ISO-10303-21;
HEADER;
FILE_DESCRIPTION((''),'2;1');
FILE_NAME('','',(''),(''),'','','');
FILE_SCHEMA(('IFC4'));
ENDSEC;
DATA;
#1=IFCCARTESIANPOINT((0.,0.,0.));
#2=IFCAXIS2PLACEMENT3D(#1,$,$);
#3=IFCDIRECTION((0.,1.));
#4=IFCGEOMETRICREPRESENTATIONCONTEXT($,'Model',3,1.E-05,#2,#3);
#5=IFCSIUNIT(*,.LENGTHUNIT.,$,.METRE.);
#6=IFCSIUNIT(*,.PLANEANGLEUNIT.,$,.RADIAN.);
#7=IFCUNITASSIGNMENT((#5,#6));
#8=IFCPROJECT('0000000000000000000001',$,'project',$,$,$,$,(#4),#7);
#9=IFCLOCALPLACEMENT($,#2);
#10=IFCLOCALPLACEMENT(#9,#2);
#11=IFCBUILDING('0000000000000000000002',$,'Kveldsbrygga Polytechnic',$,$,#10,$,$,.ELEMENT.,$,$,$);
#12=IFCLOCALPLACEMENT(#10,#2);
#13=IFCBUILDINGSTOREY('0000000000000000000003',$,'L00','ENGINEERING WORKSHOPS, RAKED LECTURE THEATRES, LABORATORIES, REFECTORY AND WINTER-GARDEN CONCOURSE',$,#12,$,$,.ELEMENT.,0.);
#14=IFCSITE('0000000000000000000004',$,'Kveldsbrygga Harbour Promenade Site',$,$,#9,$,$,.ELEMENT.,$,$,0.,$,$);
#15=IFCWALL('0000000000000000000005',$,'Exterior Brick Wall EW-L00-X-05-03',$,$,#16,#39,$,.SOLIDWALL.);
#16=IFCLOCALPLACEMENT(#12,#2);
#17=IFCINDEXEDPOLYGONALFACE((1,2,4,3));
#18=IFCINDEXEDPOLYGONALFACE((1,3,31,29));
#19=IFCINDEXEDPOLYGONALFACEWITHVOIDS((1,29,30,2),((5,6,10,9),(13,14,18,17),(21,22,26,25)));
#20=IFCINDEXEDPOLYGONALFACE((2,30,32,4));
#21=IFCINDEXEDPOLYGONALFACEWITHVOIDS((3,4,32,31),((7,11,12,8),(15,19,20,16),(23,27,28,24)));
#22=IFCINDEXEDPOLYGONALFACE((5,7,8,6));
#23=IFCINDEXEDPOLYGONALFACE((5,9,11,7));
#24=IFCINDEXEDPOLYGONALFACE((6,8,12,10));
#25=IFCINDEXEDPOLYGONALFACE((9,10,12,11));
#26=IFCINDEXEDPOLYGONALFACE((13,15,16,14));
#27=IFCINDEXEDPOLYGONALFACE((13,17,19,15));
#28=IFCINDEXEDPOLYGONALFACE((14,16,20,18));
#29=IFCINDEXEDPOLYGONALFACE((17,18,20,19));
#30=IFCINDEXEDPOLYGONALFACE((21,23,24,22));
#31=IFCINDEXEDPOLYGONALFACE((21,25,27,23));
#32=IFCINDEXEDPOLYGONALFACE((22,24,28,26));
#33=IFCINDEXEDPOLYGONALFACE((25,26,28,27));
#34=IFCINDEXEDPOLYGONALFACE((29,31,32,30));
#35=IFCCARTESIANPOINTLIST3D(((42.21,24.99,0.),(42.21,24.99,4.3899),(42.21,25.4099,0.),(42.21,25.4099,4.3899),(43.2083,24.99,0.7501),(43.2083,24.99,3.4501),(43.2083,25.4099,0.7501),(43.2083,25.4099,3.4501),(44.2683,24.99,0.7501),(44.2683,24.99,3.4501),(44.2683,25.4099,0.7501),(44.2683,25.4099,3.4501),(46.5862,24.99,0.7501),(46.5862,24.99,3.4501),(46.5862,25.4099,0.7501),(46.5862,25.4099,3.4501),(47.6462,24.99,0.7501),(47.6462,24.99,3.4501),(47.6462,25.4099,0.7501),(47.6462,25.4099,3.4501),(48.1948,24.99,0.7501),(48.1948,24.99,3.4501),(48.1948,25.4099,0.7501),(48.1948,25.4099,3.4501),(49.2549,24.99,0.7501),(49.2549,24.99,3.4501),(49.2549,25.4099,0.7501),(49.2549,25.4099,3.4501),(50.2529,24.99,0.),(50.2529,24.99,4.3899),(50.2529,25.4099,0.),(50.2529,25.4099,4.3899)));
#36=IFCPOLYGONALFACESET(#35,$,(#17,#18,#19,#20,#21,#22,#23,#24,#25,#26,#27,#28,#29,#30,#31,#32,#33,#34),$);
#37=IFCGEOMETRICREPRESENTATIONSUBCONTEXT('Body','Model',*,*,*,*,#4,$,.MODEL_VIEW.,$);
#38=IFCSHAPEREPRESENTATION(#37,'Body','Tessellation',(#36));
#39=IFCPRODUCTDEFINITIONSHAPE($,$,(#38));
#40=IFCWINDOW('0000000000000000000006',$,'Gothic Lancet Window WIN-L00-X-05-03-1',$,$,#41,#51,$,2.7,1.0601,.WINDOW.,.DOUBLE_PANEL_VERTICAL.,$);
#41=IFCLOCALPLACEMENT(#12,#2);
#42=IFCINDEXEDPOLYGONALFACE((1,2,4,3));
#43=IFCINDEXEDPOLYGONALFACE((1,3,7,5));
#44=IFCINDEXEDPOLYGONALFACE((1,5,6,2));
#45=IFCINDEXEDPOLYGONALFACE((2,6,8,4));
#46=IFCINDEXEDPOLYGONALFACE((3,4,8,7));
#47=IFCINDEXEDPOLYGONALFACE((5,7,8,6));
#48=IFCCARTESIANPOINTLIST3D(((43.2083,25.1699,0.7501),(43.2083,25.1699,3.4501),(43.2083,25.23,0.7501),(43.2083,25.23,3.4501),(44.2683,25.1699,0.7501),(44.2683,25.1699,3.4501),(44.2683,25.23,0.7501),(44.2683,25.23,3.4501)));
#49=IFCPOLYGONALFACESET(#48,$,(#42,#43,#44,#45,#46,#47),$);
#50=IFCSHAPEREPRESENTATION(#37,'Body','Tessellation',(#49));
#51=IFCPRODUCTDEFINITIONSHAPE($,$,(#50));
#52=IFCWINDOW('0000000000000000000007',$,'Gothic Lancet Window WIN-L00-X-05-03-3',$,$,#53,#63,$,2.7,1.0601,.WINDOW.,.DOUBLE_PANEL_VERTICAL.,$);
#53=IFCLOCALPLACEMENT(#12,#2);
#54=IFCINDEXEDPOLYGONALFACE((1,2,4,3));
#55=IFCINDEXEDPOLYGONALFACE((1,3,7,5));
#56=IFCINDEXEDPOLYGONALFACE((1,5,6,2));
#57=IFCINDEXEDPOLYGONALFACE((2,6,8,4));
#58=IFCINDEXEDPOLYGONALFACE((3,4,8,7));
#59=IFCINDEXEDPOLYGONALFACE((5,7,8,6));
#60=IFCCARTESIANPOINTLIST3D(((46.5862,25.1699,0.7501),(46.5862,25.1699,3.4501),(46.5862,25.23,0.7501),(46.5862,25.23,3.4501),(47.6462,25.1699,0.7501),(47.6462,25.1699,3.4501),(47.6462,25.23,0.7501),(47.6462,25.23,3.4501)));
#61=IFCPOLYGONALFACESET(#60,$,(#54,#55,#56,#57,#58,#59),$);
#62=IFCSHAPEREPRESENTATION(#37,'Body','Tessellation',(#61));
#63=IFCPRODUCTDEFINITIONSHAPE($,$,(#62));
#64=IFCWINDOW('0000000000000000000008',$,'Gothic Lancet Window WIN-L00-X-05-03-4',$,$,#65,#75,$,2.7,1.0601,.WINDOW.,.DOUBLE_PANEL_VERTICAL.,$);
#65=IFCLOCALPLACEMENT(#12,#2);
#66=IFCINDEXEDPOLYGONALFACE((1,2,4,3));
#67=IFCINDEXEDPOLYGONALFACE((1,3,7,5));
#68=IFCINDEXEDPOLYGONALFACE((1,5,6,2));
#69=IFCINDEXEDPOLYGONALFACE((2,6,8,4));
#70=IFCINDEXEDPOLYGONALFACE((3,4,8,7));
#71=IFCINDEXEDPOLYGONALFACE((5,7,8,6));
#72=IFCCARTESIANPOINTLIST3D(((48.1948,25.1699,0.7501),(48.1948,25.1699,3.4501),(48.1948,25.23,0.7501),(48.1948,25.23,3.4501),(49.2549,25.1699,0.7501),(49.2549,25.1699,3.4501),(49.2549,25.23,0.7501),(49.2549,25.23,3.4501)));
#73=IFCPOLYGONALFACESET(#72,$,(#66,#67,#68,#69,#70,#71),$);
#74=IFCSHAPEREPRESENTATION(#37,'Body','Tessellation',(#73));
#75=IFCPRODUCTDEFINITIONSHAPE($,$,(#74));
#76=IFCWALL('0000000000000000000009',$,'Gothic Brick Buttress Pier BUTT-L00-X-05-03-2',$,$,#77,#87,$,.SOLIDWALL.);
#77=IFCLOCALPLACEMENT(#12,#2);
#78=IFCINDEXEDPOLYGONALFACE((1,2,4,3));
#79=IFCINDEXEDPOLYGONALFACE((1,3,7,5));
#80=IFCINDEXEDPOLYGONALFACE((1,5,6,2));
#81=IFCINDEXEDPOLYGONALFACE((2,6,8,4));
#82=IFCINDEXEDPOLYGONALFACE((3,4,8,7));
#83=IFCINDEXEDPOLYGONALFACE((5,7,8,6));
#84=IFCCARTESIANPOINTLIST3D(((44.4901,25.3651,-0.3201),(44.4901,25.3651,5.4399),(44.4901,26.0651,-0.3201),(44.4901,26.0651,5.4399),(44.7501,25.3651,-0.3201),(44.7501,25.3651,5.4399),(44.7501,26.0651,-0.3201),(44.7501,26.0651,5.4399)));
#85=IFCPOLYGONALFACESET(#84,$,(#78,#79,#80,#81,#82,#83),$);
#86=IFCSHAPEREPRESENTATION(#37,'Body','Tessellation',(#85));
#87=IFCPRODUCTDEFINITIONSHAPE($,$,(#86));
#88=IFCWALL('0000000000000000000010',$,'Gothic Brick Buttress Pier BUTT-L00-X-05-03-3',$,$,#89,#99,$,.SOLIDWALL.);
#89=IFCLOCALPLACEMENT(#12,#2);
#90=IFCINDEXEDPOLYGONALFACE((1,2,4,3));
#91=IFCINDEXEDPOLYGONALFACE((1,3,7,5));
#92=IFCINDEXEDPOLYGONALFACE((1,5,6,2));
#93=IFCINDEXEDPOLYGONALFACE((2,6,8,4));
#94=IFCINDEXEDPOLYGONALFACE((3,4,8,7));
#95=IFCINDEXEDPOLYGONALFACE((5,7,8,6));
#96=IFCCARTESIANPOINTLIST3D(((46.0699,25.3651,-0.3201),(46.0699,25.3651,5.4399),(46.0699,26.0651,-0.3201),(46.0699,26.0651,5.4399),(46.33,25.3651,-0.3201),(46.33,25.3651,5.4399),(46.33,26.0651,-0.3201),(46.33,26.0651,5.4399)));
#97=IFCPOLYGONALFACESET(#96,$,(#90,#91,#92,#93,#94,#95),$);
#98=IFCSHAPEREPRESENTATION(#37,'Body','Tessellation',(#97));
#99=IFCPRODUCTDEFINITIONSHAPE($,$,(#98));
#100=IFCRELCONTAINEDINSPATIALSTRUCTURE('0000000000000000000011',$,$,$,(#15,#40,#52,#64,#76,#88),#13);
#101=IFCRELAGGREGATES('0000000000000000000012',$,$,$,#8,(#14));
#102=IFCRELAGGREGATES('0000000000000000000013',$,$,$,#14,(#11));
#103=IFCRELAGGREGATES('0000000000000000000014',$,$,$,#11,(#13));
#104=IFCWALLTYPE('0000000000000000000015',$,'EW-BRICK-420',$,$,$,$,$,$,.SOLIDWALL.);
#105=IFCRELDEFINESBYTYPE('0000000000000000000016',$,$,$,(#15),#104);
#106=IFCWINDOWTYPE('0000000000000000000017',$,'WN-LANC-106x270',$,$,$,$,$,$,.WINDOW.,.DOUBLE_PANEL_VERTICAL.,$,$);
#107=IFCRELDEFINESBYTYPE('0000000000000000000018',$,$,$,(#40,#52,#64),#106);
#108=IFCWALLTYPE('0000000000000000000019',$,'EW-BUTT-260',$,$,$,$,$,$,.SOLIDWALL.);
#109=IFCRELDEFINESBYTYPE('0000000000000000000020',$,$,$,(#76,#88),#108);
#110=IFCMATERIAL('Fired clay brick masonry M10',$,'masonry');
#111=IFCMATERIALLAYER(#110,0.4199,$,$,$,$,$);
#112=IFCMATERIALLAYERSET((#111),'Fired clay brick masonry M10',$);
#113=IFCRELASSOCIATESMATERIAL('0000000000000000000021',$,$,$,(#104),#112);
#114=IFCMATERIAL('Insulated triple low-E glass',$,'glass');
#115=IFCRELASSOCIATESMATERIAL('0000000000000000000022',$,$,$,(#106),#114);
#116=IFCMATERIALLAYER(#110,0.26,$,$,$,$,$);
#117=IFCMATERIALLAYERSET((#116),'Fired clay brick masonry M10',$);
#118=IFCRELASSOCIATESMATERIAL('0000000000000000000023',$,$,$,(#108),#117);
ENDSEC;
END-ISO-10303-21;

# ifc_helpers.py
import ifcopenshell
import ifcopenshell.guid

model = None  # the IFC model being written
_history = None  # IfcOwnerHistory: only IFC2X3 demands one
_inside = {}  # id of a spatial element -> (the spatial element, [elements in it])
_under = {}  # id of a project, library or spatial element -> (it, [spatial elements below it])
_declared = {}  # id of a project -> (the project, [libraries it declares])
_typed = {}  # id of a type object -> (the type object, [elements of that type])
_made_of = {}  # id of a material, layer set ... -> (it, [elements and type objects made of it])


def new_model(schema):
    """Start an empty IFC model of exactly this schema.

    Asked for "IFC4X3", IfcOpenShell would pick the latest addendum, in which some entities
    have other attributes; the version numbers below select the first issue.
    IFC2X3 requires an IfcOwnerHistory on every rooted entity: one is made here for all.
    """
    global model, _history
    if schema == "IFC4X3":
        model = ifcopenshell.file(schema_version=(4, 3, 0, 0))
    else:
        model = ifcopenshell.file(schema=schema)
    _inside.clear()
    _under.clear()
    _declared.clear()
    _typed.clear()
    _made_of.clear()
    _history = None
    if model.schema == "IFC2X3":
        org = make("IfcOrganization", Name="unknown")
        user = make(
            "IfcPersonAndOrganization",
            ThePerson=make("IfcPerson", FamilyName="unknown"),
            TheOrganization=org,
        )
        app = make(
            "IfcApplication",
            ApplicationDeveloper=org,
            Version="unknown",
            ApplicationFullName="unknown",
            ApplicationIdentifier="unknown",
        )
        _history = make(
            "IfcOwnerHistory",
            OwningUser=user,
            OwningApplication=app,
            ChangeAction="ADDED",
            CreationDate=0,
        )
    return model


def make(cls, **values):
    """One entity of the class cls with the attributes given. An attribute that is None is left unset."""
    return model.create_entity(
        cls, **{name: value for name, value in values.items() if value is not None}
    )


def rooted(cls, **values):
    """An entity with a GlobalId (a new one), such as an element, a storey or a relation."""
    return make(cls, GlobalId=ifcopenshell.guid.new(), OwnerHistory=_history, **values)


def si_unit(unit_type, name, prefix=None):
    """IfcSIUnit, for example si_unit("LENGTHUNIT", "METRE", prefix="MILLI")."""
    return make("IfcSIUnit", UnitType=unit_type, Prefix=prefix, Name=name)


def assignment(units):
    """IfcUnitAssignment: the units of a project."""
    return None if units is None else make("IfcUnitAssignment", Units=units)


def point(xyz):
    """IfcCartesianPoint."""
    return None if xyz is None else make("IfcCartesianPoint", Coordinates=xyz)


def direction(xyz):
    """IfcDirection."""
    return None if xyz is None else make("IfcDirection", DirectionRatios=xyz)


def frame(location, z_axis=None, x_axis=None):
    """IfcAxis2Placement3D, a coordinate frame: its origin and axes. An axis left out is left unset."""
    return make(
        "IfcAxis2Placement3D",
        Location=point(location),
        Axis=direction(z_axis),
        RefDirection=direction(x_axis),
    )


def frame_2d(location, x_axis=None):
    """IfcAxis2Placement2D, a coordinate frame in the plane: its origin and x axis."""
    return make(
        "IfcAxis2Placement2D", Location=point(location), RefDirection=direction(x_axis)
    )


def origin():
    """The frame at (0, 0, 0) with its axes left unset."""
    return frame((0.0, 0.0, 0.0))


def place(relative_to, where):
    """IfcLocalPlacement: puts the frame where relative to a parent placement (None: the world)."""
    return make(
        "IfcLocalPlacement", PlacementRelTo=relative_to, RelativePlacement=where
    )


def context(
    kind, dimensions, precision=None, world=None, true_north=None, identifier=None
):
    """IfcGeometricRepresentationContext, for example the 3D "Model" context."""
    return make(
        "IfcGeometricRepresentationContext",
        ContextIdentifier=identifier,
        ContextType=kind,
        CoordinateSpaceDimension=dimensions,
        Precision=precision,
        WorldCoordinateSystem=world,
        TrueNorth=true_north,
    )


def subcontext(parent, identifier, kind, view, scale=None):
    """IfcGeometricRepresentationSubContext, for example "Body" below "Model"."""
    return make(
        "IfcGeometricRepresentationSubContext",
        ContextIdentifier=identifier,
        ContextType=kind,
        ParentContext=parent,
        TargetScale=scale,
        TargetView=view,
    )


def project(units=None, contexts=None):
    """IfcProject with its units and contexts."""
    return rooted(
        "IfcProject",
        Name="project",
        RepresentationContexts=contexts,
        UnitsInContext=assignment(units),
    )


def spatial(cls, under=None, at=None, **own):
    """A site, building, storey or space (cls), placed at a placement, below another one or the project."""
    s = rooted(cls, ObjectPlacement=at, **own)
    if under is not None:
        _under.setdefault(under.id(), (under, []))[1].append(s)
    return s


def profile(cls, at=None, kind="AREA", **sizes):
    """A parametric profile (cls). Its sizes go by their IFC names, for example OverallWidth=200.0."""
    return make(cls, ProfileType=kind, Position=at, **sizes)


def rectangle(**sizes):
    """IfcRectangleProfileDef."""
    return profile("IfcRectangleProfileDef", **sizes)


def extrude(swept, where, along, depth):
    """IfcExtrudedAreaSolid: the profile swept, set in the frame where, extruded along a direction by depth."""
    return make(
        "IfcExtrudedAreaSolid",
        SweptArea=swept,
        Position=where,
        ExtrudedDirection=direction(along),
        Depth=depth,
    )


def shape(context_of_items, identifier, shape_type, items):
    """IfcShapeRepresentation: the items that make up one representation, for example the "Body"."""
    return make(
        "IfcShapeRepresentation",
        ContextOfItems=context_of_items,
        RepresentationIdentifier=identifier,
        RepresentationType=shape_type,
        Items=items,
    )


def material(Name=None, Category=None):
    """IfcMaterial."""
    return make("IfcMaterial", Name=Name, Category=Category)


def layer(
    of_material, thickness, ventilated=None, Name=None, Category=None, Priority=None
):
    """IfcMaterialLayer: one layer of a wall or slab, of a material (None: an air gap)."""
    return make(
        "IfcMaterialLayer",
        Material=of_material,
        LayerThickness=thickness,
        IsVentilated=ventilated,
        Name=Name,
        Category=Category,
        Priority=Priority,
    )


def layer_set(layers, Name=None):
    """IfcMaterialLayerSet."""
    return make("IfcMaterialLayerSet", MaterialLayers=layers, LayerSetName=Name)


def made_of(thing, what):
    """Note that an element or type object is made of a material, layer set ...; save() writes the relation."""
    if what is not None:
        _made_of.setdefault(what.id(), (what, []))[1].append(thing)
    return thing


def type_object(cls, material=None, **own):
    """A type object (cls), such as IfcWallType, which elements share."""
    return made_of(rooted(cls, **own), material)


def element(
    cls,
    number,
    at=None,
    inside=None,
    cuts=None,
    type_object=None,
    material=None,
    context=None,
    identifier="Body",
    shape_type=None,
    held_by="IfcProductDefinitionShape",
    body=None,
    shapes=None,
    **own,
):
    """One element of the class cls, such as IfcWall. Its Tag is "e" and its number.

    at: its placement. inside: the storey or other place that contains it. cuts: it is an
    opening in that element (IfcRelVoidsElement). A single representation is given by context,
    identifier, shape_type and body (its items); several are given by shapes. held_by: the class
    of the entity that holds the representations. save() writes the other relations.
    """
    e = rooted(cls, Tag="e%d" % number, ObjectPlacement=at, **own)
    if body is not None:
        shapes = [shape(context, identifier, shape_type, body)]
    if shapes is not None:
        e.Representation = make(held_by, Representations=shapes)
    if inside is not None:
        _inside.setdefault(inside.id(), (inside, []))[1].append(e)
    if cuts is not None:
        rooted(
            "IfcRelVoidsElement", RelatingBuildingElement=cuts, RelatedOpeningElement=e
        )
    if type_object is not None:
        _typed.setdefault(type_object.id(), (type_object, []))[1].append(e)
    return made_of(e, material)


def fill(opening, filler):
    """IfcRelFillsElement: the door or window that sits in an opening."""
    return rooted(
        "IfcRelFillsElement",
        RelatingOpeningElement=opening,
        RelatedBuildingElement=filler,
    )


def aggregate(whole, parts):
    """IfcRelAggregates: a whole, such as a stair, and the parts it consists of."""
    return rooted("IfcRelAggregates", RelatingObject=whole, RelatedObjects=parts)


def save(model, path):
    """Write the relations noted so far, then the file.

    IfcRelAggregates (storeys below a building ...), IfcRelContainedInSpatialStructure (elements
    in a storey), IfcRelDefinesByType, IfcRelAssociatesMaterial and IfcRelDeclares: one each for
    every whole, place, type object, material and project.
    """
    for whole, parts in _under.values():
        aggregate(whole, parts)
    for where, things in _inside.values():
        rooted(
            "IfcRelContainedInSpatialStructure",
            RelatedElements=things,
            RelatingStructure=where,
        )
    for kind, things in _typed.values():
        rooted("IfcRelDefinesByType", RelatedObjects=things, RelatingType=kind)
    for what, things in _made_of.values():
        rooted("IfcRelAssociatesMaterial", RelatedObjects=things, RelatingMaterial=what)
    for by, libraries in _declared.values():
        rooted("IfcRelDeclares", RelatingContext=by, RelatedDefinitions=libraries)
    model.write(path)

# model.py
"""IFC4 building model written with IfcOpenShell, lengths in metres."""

from ifc_helpers import new_model, si_unit, direction, frame, frame_2d, origin, place, context, subcontext, project, spatial, rectangle, extrude, material, layer, layer_set, type_object, element, fill, save


model = new_model("IFC4")

# Units and contexts
model_context = context("Model", 3, precision=1e-05, world=origin(), true_north=direction((0.0, 1.0)))
body_context = subcontext(model_context, "Body", "Model", "MODEL_VIEW")
ifc_project = project(units=[si_unit("LENGTHUNIT", "METRE"), si_unit("PLANEANGLEUNIT", "RADIAN")], contexts=[model_context])

# Site, building, storey
site_placement = place(None, origin())
site = spatial("IfcSite", under=ifc_project, at=site_placement, Name="Kveldsbrygga Harbour Promenade Site", CompositionType="ELEMENT", RefElevation=0.0)
building_placement = place(site_placement, origin())
building = spatial("IfcBuilding", under=site, at=building_placement, Name="Kveldsbrygga Polytechnic", CompositionType="ELEMENT")
storey_placement = place(building_placement, origin())
storey = spatial("IfcBuildingStorey", under=building, at=storey_placement, Name="L00", Description="ENGINEERING WORKSHOPS, RAKED LECTURE THEATRES, LABORATORIES, REFECTORY AND WINTER-GARDEN CONCOURSE", CompositionType="ELEMENT", Elevation=0.0)

# Shared definitions
ifc_material_1 = material(Name="Insulated triple low-E glass", Category="glass")

# Wall, openings, windows
ifc_material_2 = material(Name="Fired clay brick masonry M10", Category="masonry")
ifc_layer_1 = layer(ifc_material_2, 0.4199)
ifc_layer_set_1 = layer_set([ifc_layer_1], Name="Fired clay brick masonry M10")
wall_type_1 = type_object("IfcWallType", Name="EW-BRICK-420", PredefinedType="SOLIDWALL", material=ifc_layer_set_1)
wall_placement = place(storey_placement, frame((42.21, 25.2, 0.0), z_axis=(0.0, 0.0, 1.0), x_axis=(1.0, 0.0, 0.0)))
wall = element("IfcWall", 1, at=wall_placement, inside=storey, type_object=wall_type_1, Name="Exterior Brick Wall EW-L00-X-05-03", PredefinedType="SOLIDWALL", context=body_context, shape_type="SweptSolid", body=[
    extrude(rectangle(XDim=8.043, YDim=0.4199, at=frame_2d((4.0215, 0.0))), origin(), (0.0, 0.0, 1.0), 4.3899),
])
opening_1_placement = place(wall_placement, frame((0.9983, 0.0, 0.75)))
opening_1 = element("IfcOpeningElement", 2, at=opening_1_placement, cuts=wall, PredefinedType="OPENING", context=body_context, shape_type="SweptSolid", body=[
    extrude(rectangle(XDim=1.0601, YDim=2.7, at=frame_2d((0.53, 1.3501))), frame((0.0, 0.22, 0.0), z_axis=(0.0, -1.0, 0.0), x_axis=(1.0, 0.0, 0.0)), (0.0, 0.0, 1.0), 0.4399),
])
opening_2_placement = place(wall_placement, frame((4.3762, 0.0, 0.75)))
opening_2 = element("IfcOpeningElement", 3, at=opening_2_placement, cuts=wall, PredefinedType="OPENING", context=body_context, shape_type="SweptSolid", body=[
    extrude(rectangle(XDim=1.0601, YDim=2.7, at=frame_2d((0.53, 1.3501))), frame((0.0, 0.22, 0.0), z_axis=(0.0, -1.0, 0.0), x_axis=(1.0, 0.0, 0.0)), (0.0, 0.0, 1.0), 0.4399),
])
opening_3_placement = place(wall_placement, frame((5.9849, 0.0, 0.75)))
opening_3 = element("IfcOpeningElement", 4, at=opening_3_placement, cuts=wall, PredefinedType="OPENING", context=body_context, shape_type="SweptSolid", body=[
    extrude(rectangle(XDim=1.0601, YDim=2.7, at=frame_2d((0.53, 1.3501))), frame((0.0, 0.22, 0.0), z_axis=(0.0, -1.0, 0.0), x_axis=(1.0, 0.0, 0.0)), (0.0, 0.0, 1.0), 0.4399),
])
window_type = type_object("IfcWindowType", Name="WN-LANC-106x270", PartitioningType="DOUBLE_PANEL_VERTICAL", PredefinedType="WINDOW", material=ifc_material_1)
window_1_placement = place(opening_1_placement, origin())
window_1 = element("IfcWindow", 5, at=window_1_placement, inside=storey, type_object=window_type, Name="Gothic Lancet Window WIN-L00-X-05-03-1", OverallHeight=2.7, OverallWidth=1.0601, PartitioningType="DOUBLE_PANEL_VERTICAL", PredefinedType="WINDOW", context=body_context, shape_type="SweptSolid", body=[
    extrude(rectangle(XDim=1.0601, YDim=2.7, at=frame_2d((0.53, 1.3501))), frame((0.0, 0.03, 0.0), z_axis=(0.0, -1.0, 0.0), x_axis=(1.0, 0.0, 0.0)), (0.0, 0.0, 1.0), 0.0601),
])
fill(opening_1, window_1)
window_2_placement = place(opening_2_placement, origin())
window_2 = element("IfcWindow", 6, at=window_2_placement, inside=storey, type_object=window_type, Name="Gothic Lancet Window WIN-L00-X-05-03-3", OverallHeight=2.7, OverallWidth=1.0601, PartitioningType="DOUBLE_PANEL_VERTICAL", PredefinedType="WINDOW", context=body_context, shape_type="SweptSolid", body=[
    extrude(rectangle(XDim=1.0601, YDim=2.7, at=frame_2d((0.53, 1.3501))), frame((0.0, 0.03, 0.0), z_axis=(0.0, -1.0, 0.0), x_axis=(1.0, 0.0, 0.0)), (0.0, 0.0, 1.0), 0.0601),
])
fill(opening_2, window_2)
window_3_placement = place(opening_3_placement, origin())
window_3 = element("IfcWindow", 7, at=window_3_placement, inside=storey, type_object=window_type, Name="Gothic Lancet Window WIN-L00-X-05-03-4", OverallHeight=2.7, OverallWidth=1.0601, PartitioningType="DOUBLE_PANEL_VERTICAL", PredefinedType="WINDOW", context=body_context, shape_type="SweptSolid", body=[
    extrude(rectangle(XDim=1.0601, YDim=2.7, at=frame_2d((0.53, 1.3501))), frame((0.0, 0.03, 0.0), z_axis=(0.0, -1.0, 0.0), x_axis=(1.0, 0.0, 0.0)), (0.0, 0.0, 1.0), 0.0601),
])
fill(opening_3, window_3)

# Walls
ifc_layer_2 = layer(ifc_material_2, 0.26)
ifc_layer_set_2 = layer_set([ifc_layer_2], Name="Fired clay brick masonry M10")
wall_type_2 = type_object("IfcWallType", Name="EW-BUTT-260", PredefinedType="SOLIDWALL", material=ifc_layer_set_2)
for number, where, z_axis, x_axis, name in (
    (8, (44.6201, 25.365, -0.3201), (0.0, 0.0, 1.0), (0.0, 1.0, 0.0), "Gothic Brick Buttress Pier BUTT-L00-X-05-03-2"),
    (9, (46.2, 25.365, -0.3201), (0.0, 0.0, 1.0), (0.0, 1.0, 0.0), "Gothic Brick Buttress Pier BUTT-L00-X-05-03-3"),
):
    element("IfcWall", number, at=place(storey_placement, frame(where, z_axis=z_axis, x_axis=x_axis)), inside=storey, type_object=wall_type_2, Name=name, PredefinedType="SOLIDWALL", context=body_context, shape_type="SweptSolid", body=[
        extrude(rectangle(XDim=0.7, YDim=0.26, at=frame_2d((0.3501, 0.0))), origin(), (0.0, 0.0, 1.0), 5.76),
    ])

save(model, "model.ifc")
